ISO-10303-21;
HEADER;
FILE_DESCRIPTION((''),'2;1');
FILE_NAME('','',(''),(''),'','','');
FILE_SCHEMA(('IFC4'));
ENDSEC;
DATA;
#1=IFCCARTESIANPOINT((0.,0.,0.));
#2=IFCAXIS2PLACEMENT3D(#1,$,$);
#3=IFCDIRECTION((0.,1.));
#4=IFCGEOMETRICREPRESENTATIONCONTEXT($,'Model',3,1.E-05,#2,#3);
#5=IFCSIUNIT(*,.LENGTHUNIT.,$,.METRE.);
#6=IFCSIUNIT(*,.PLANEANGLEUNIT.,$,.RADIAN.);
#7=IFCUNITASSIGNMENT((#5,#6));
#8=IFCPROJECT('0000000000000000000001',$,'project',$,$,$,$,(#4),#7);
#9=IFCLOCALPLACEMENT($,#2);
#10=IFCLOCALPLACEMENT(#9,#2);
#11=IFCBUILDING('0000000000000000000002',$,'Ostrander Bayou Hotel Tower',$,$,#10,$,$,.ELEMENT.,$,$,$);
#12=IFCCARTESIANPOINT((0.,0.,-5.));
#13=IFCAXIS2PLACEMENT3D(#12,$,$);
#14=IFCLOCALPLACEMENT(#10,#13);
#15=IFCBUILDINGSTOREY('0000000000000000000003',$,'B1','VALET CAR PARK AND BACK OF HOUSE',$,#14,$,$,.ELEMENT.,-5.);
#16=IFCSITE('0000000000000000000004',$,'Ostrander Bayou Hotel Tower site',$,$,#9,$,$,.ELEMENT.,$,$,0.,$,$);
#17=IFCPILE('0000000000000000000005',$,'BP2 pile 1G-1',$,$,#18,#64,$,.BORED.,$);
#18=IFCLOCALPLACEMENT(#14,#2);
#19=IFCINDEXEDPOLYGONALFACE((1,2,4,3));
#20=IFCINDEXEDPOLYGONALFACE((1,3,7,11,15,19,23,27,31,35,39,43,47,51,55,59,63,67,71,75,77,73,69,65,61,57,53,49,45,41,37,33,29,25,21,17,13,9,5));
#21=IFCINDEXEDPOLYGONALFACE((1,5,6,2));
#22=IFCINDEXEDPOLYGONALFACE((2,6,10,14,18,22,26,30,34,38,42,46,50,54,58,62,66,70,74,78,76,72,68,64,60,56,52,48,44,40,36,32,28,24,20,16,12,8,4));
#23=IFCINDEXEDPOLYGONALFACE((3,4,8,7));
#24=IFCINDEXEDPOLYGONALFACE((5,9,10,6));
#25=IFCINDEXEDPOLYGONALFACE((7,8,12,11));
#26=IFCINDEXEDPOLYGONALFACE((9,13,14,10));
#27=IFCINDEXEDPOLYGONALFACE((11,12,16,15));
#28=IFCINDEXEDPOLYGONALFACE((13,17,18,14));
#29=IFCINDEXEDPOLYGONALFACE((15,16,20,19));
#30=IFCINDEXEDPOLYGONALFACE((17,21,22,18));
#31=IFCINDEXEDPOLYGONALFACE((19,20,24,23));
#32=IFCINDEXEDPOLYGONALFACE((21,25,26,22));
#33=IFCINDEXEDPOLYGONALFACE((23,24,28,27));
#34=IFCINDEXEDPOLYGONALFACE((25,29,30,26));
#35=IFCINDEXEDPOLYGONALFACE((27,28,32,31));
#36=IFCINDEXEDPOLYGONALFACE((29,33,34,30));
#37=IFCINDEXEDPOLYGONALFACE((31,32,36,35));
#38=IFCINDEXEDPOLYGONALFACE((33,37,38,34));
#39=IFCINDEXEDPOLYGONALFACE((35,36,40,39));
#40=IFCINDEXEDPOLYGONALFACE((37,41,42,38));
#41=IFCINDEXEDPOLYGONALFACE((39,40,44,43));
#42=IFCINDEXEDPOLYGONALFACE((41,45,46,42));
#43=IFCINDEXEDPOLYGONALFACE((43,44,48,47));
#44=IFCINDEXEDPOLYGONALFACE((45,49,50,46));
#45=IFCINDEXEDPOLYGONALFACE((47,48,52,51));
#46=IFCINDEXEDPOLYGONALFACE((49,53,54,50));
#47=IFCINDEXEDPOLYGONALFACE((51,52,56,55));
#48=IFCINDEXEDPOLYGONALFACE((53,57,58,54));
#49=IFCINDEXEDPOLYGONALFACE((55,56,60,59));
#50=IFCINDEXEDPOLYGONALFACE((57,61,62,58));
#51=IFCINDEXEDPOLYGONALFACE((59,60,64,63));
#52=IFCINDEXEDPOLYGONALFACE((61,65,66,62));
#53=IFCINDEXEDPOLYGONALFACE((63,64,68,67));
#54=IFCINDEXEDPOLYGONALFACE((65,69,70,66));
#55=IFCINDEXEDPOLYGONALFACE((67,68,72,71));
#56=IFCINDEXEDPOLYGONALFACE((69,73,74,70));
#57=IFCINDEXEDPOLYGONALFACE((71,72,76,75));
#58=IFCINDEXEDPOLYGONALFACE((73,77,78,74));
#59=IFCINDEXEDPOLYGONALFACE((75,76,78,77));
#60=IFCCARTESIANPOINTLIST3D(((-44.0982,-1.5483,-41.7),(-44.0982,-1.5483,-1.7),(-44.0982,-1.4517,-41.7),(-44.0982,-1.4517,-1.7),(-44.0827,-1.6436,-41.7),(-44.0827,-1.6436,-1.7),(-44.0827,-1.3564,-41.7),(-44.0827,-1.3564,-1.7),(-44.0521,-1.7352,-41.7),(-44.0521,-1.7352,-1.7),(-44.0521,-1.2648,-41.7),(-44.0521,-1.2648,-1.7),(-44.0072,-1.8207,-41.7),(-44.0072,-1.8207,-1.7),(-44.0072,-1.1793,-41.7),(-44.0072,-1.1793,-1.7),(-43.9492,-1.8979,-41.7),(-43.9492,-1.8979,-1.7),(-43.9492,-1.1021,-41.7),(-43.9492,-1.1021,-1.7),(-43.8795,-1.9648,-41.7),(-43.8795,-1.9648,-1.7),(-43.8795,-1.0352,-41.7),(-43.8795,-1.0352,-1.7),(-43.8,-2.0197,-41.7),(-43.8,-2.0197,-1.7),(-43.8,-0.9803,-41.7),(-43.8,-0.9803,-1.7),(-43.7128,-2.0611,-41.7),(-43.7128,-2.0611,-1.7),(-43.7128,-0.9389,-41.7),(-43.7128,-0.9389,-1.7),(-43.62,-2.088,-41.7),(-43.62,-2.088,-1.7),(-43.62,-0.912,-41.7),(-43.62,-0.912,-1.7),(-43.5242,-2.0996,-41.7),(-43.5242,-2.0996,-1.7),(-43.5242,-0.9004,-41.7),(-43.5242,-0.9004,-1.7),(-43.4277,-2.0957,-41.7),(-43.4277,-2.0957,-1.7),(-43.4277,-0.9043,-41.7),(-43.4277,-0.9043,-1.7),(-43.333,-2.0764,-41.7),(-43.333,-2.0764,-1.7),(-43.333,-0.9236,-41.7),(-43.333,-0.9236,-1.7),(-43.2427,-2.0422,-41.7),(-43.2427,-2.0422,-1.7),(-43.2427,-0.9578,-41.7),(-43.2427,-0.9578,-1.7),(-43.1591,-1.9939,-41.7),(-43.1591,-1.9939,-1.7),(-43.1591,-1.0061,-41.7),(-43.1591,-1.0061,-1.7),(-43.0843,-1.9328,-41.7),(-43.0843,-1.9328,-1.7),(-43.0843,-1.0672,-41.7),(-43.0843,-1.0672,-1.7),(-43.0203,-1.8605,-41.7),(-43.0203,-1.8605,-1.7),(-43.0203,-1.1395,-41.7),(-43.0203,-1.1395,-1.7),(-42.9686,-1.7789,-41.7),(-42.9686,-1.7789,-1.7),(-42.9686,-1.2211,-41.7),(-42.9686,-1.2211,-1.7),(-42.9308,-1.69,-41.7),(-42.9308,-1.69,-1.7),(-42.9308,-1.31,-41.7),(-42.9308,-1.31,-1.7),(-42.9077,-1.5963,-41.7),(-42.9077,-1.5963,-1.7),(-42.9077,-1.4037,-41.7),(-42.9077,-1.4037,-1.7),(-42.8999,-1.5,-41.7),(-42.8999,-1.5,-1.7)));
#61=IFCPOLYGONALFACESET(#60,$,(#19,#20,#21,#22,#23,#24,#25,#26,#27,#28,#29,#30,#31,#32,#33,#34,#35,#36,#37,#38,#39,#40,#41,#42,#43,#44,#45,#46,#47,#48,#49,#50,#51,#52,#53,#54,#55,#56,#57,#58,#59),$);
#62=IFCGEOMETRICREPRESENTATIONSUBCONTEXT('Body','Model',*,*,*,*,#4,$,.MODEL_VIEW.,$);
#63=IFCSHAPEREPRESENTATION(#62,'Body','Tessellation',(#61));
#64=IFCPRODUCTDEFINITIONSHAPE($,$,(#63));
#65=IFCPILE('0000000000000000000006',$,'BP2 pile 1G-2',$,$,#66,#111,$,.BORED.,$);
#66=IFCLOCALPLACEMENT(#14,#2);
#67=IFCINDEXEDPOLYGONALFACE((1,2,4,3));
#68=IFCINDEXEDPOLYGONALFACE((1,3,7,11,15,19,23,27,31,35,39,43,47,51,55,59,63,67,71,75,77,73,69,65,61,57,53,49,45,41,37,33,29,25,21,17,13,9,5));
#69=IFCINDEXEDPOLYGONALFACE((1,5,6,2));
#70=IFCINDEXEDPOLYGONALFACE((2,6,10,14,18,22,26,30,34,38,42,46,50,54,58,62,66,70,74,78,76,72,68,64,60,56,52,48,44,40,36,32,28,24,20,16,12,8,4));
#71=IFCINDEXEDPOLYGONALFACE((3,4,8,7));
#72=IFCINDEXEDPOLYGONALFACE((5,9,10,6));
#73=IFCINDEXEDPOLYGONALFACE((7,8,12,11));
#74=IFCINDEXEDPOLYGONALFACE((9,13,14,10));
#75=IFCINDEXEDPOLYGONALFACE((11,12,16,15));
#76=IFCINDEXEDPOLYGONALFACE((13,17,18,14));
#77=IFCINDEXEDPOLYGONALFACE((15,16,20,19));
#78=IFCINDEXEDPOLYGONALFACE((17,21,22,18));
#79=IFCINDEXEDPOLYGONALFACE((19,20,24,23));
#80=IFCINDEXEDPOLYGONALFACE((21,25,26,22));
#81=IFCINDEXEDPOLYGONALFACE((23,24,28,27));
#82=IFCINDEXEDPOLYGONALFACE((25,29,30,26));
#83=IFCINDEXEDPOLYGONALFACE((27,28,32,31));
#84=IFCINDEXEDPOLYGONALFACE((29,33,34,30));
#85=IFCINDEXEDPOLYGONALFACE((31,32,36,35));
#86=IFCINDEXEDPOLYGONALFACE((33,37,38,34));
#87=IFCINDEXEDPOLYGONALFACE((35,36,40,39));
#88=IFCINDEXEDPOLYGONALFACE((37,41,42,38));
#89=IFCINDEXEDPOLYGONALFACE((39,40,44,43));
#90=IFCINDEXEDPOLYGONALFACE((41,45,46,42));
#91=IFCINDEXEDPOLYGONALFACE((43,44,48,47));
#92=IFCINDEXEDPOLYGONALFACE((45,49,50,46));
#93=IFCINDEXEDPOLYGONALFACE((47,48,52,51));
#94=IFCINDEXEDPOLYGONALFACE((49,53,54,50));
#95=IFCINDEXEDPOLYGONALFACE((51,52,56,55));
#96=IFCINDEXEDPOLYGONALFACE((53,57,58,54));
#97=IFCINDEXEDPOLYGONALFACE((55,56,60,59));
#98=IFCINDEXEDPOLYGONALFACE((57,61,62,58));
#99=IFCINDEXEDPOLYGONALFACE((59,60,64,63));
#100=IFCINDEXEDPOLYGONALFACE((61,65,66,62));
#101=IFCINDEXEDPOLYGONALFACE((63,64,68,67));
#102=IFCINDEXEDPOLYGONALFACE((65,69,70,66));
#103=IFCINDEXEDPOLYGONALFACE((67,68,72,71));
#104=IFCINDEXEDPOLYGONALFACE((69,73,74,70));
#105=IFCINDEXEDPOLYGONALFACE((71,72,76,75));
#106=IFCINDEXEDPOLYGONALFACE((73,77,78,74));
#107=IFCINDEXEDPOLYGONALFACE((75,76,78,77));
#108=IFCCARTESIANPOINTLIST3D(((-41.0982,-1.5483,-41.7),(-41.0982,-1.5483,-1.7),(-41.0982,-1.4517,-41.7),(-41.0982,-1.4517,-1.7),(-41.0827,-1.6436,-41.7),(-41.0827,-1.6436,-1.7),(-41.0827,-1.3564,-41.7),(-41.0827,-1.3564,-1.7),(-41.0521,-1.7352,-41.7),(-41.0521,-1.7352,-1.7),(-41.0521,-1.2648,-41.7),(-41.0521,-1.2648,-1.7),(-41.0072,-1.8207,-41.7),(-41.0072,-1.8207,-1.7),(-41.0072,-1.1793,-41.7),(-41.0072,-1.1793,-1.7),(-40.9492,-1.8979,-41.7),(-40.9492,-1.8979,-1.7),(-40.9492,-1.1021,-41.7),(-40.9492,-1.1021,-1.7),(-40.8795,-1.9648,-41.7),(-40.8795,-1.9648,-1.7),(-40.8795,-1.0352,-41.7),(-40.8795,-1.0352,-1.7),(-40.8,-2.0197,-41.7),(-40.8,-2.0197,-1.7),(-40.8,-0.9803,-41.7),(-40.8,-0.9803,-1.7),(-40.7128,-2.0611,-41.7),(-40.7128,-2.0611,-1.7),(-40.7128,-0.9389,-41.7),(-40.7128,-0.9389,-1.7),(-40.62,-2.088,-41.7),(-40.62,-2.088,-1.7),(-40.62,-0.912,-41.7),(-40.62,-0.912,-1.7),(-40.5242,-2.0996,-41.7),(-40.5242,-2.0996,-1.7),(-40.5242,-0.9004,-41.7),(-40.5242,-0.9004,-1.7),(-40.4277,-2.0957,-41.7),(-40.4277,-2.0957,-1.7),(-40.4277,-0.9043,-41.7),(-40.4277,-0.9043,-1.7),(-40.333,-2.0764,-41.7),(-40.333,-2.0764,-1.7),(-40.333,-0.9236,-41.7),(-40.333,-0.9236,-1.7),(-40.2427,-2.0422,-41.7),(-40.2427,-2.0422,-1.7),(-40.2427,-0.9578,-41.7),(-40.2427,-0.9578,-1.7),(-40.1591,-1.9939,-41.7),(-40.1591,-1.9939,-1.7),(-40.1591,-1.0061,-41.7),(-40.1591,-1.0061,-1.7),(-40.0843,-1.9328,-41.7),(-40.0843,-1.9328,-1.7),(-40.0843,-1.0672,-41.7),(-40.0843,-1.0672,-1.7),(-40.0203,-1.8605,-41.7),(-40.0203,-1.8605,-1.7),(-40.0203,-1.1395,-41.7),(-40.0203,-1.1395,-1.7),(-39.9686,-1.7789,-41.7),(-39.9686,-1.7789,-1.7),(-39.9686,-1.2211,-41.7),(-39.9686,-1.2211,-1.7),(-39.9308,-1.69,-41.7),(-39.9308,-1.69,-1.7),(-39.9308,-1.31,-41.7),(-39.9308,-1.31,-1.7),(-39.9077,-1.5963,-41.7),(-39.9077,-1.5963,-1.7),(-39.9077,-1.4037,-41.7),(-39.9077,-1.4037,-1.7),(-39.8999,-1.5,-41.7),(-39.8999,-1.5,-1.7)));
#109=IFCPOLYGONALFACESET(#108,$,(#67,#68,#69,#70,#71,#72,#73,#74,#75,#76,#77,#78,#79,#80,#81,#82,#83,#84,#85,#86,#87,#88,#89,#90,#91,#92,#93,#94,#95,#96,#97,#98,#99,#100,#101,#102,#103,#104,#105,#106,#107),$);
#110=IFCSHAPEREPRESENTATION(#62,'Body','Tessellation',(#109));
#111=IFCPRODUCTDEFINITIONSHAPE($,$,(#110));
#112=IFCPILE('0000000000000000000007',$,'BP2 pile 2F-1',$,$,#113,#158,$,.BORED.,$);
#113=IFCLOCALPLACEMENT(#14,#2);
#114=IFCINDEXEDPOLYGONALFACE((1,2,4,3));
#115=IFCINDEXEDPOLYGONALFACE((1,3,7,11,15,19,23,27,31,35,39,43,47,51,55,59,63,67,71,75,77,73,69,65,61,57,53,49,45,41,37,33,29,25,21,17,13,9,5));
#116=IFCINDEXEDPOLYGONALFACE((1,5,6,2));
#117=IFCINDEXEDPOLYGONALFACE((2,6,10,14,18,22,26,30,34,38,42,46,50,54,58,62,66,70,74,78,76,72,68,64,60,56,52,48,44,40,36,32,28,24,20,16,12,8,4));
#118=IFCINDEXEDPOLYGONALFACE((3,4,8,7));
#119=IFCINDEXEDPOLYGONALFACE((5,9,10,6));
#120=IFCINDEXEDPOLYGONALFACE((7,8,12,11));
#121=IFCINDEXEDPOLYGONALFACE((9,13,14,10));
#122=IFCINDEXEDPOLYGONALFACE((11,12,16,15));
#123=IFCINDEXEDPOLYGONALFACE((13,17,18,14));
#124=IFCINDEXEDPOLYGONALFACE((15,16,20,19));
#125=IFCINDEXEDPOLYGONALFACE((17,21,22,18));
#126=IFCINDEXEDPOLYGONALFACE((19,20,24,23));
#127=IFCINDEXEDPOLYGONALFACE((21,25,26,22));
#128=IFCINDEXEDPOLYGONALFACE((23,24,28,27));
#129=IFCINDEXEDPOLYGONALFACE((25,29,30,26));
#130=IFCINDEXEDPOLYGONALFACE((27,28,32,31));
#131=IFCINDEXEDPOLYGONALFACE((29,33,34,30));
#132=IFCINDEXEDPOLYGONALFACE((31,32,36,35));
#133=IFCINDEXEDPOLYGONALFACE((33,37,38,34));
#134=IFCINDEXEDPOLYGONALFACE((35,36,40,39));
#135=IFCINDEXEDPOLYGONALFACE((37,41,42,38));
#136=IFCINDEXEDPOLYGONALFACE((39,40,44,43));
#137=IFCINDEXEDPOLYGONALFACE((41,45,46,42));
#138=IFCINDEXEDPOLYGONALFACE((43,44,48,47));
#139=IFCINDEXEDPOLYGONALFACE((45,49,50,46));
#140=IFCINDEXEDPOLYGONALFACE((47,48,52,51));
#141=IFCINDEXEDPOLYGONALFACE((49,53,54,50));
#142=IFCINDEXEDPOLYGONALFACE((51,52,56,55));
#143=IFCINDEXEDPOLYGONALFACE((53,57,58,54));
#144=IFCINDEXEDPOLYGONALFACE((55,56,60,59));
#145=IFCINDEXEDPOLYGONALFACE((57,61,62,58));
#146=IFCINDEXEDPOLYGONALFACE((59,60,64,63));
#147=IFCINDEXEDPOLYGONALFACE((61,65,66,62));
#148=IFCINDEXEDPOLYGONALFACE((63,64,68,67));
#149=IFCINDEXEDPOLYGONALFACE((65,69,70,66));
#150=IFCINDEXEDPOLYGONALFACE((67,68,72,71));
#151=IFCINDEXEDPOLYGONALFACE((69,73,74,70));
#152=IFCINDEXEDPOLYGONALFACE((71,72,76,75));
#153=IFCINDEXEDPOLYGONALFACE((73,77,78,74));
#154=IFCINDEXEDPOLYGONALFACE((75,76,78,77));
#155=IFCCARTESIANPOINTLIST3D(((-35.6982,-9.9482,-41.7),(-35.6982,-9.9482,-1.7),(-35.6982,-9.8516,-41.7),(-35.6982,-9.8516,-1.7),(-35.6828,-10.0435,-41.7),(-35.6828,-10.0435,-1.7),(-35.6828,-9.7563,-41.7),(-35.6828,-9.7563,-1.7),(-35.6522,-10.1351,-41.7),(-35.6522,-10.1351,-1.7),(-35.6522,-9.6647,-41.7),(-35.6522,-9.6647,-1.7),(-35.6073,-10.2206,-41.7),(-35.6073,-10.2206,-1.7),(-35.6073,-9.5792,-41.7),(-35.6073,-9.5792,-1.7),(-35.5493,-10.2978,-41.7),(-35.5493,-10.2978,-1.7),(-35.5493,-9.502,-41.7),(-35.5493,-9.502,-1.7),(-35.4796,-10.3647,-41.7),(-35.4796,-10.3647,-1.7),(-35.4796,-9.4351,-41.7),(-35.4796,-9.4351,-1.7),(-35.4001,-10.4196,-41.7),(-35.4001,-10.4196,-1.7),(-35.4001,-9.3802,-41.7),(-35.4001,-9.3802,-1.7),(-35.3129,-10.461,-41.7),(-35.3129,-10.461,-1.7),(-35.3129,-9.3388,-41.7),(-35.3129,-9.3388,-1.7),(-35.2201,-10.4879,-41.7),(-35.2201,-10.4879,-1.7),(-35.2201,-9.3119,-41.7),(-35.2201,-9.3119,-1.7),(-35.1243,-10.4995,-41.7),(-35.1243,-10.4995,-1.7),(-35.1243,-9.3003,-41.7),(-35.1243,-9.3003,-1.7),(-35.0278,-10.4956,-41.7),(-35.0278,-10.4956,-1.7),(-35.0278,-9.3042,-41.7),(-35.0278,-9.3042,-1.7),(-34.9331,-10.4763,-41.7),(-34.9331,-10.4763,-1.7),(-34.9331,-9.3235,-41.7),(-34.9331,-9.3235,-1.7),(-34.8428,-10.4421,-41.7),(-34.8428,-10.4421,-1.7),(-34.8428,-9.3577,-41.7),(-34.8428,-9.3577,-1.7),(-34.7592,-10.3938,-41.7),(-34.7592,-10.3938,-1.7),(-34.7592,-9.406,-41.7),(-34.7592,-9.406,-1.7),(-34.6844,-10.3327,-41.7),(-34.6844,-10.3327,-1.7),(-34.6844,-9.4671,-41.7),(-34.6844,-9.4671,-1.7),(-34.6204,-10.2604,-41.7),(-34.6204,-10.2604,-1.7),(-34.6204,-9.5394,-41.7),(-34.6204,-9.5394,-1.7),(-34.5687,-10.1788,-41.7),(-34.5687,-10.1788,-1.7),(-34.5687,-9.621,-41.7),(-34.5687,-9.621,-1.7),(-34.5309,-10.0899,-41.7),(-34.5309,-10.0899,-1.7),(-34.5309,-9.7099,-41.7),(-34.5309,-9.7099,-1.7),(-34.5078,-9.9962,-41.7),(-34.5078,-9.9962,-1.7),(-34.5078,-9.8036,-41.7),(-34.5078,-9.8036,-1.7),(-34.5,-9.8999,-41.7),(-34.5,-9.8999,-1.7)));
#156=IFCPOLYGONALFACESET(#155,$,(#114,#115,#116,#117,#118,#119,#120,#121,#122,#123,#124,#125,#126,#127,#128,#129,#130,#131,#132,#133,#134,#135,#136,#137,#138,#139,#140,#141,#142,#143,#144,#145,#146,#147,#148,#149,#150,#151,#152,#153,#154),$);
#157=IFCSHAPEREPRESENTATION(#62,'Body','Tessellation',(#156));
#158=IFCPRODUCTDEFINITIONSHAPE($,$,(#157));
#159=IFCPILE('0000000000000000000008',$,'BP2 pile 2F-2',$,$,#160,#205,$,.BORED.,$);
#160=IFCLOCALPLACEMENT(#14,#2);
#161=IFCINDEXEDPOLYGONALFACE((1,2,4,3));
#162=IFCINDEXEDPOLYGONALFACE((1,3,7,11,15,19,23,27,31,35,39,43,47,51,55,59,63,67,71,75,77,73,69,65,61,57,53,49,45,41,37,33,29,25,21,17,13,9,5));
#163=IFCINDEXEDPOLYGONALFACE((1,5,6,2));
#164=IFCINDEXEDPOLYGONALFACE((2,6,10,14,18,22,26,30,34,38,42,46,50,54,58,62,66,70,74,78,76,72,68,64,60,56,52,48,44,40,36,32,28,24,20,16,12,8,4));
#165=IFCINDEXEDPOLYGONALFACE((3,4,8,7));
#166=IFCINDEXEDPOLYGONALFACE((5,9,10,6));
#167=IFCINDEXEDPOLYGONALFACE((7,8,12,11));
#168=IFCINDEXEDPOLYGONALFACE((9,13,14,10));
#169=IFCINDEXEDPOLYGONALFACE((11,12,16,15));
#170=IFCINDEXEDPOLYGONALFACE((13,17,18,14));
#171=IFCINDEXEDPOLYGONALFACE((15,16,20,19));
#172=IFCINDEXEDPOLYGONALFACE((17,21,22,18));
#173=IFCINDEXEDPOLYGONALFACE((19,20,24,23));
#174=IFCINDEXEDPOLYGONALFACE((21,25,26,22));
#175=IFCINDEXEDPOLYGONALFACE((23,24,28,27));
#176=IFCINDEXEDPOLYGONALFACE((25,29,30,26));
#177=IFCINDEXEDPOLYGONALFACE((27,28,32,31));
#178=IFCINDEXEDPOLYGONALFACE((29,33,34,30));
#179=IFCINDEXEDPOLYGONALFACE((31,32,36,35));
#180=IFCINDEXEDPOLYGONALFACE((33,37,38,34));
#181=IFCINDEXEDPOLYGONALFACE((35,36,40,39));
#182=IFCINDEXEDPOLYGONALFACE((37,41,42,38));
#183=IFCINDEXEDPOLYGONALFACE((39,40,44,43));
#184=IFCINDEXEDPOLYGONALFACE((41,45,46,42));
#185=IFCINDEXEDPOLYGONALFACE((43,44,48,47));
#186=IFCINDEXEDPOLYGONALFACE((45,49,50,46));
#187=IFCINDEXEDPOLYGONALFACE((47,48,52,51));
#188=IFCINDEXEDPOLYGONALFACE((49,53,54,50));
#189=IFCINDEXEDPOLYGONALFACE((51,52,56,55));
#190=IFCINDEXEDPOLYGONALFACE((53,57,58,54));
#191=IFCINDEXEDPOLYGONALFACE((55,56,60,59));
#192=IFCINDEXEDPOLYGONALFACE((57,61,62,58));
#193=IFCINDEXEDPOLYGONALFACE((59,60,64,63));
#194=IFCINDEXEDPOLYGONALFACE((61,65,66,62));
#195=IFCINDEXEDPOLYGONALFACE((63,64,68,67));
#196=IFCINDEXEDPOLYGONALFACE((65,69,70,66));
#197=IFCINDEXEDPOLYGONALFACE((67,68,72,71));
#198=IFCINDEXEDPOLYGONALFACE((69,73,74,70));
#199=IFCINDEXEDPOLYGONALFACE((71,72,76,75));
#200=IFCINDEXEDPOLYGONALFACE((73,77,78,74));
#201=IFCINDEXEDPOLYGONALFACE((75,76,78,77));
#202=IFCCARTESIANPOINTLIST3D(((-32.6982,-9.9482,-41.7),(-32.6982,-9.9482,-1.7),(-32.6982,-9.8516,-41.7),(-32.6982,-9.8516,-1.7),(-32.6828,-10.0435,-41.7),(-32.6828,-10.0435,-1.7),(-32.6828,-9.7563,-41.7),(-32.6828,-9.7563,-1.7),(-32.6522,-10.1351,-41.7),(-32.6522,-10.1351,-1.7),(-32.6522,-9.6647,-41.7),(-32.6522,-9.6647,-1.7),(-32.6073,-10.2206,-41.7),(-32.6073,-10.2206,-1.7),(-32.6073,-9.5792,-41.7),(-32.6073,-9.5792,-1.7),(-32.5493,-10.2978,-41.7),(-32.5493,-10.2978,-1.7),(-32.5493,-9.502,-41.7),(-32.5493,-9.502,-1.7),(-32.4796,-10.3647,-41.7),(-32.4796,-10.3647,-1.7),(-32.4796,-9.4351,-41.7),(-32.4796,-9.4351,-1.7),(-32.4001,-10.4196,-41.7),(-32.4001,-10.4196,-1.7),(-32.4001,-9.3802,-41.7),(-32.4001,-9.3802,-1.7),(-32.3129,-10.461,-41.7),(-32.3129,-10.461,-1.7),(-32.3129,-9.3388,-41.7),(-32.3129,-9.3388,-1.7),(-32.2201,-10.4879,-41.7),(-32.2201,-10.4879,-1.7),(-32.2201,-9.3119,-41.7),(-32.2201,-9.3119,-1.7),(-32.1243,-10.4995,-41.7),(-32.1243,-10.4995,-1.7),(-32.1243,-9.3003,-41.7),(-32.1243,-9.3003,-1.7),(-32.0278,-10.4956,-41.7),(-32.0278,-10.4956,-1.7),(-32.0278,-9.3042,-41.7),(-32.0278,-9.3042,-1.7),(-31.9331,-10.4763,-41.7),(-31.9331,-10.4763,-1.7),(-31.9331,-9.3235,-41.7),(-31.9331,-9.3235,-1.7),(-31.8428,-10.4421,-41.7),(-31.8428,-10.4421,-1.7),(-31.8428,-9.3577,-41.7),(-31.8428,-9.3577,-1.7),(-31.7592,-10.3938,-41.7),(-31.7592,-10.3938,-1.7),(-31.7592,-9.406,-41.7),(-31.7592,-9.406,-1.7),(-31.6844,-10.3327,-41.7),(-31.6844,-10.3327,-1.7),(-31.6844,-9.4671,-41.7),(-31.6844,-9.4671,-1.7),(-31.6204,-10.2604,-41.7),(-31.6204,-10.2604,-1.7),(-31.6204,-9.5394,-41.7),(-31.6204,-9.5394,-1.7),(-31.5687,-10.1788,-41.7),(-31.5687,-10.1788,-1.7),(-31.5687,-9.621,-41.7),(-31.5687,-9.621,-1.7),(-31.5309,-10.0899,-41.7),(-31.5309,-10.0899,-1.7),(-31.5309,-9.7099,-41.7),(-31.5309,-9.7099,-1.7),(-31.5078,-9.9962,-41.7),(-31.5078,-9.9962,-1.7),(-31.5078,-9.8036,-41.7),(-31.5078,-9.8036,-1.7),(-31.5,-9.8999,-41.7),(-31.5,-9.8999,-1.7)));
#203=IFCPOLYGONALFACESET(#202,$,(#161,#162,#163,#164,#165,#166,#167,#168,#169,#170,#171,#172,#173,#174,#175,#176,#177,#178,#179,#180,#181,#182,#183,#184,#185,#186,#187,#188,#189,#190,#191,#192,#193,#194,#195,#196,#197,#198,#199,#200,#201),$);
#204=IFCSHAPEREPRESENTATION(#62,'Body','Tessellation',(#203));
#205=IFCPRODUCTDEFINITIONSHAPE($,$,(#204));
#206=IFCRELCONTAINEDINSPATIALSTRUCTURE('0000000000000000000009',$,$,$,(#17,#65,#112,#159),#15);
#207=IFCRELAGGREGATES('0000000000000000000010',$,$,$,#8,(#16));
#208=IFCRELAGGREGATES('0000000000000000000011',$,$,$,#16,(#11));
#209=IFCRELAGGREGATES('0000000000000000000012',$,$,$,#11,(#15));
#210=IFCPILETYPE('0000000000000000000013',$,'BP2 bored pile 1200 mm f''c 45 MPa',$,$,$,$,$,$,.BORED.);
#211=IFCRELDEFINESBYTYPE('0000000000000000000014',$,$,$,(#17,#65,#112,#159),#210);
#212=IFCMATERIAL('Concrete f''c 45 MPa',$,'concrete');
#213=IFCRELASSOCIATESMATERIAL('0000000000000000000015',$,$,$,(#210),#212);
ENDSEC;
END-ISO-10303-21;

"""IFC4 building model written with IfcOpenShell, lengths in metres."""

from ifc_helpers import new_model, si_unit, direction, frame, origin, origin_2d, place, context, subcontext, project, spatial, circle, extrude, material, material_profile, profile_set, type_object, element, save


model = new_model("IFC4")

# Units and contexts
model_context = context("Model", 3, precision=1e-05, world=origin(), true_north=direction((0.0, 1.0)))
body_context = subcontext(model_context, "Body", "Model", "MODEL_VIEW")
ifc_project = project(units=[si_unit("LENGTHUNIT", "METRE"), si_unit("PLANEANGLEUNIT", "RADIAN")], contexts=[model_context])

# Site, building, storey
site_placement = place(None, origin())
site = spatial("IfcSite", under=ifc_project, at=site_placement, Name="Ostrander Bayou Hotel Tower site", CompositionType="ELEMENT", RefElevation=0.0)
building_placement = place(site_placement, origin())
building = spatial("IfcBuilding", under=site, at=building_placement, Name="Ostrander Bayou Hotel Tower", CompositionType="ELEMENT")
storey_placement = place(building_placement, frame((0.0, 0.0, -5.0)))
storey = spatial("IfcBuildingStorey", under=building, at=storey_placement, Name="B1", Description="VALET CAR PARK AND BACK OF HOUSE", CompositionType="ELEMENT", Elevation=-5.0)

# Piles
ifc_material_1 = material(Name="Concrete f'c 45 MPa", Category="concrete")
ifc_material_profile_1 = material_profile(ifc_material_1, circle(Radius=0.6001, at=origin_2d()))
ifc_profile_set_1 = profile_set([ifc_material_profile_1], Name="Concrete f'c 45 MPa")
pile_type = type_object("IfcPileType", Name="BP2 bored pile 1200 mm f'c 45 MPa", PredefinedType="BORED", material=ifc_profile_set_1)
for number, where, z_axis, x_axis, name in (
    (1, (-43.5, -1.5, -1.7), (0.0, 0.0, -1.0), (1.0, 0.0, 0.0), "BP2 pile 1G-1"),
    (2, (-40.5, -1.5, -1.7), (0.0, 0.0, -1.0), (1.0, 0.0, 0.0), "BP2 pile 1G-2"),
    (3, (-35.1001, -9.8999, -1.7), (0.0, 0.0, -1.0), (1.0, 0.0, 0.0), "BP2 pile 2F-1"),
    (4, (-32.1001, -9.8999, -1.7), (0.0, 0.0, -1.0), (1.0, 0.0, 0.0), "BP2 pile 2F-2"),
):
    element("IfcPile", number, at=place(storey_placement, frame(where, z_axis=z_axis, x_axis=x_axis)), inside=storey, type_object=pile_type, Name=name, PredefinedType="BORED", context=body_context, shape_type="SweptSolid", body=[
        extrude(circle(Radius=0.6001, at=origin_2d()), origin(), (0.0, 0.0, 1.0), 40.0),
    ])

save(model, "model.ifc")
